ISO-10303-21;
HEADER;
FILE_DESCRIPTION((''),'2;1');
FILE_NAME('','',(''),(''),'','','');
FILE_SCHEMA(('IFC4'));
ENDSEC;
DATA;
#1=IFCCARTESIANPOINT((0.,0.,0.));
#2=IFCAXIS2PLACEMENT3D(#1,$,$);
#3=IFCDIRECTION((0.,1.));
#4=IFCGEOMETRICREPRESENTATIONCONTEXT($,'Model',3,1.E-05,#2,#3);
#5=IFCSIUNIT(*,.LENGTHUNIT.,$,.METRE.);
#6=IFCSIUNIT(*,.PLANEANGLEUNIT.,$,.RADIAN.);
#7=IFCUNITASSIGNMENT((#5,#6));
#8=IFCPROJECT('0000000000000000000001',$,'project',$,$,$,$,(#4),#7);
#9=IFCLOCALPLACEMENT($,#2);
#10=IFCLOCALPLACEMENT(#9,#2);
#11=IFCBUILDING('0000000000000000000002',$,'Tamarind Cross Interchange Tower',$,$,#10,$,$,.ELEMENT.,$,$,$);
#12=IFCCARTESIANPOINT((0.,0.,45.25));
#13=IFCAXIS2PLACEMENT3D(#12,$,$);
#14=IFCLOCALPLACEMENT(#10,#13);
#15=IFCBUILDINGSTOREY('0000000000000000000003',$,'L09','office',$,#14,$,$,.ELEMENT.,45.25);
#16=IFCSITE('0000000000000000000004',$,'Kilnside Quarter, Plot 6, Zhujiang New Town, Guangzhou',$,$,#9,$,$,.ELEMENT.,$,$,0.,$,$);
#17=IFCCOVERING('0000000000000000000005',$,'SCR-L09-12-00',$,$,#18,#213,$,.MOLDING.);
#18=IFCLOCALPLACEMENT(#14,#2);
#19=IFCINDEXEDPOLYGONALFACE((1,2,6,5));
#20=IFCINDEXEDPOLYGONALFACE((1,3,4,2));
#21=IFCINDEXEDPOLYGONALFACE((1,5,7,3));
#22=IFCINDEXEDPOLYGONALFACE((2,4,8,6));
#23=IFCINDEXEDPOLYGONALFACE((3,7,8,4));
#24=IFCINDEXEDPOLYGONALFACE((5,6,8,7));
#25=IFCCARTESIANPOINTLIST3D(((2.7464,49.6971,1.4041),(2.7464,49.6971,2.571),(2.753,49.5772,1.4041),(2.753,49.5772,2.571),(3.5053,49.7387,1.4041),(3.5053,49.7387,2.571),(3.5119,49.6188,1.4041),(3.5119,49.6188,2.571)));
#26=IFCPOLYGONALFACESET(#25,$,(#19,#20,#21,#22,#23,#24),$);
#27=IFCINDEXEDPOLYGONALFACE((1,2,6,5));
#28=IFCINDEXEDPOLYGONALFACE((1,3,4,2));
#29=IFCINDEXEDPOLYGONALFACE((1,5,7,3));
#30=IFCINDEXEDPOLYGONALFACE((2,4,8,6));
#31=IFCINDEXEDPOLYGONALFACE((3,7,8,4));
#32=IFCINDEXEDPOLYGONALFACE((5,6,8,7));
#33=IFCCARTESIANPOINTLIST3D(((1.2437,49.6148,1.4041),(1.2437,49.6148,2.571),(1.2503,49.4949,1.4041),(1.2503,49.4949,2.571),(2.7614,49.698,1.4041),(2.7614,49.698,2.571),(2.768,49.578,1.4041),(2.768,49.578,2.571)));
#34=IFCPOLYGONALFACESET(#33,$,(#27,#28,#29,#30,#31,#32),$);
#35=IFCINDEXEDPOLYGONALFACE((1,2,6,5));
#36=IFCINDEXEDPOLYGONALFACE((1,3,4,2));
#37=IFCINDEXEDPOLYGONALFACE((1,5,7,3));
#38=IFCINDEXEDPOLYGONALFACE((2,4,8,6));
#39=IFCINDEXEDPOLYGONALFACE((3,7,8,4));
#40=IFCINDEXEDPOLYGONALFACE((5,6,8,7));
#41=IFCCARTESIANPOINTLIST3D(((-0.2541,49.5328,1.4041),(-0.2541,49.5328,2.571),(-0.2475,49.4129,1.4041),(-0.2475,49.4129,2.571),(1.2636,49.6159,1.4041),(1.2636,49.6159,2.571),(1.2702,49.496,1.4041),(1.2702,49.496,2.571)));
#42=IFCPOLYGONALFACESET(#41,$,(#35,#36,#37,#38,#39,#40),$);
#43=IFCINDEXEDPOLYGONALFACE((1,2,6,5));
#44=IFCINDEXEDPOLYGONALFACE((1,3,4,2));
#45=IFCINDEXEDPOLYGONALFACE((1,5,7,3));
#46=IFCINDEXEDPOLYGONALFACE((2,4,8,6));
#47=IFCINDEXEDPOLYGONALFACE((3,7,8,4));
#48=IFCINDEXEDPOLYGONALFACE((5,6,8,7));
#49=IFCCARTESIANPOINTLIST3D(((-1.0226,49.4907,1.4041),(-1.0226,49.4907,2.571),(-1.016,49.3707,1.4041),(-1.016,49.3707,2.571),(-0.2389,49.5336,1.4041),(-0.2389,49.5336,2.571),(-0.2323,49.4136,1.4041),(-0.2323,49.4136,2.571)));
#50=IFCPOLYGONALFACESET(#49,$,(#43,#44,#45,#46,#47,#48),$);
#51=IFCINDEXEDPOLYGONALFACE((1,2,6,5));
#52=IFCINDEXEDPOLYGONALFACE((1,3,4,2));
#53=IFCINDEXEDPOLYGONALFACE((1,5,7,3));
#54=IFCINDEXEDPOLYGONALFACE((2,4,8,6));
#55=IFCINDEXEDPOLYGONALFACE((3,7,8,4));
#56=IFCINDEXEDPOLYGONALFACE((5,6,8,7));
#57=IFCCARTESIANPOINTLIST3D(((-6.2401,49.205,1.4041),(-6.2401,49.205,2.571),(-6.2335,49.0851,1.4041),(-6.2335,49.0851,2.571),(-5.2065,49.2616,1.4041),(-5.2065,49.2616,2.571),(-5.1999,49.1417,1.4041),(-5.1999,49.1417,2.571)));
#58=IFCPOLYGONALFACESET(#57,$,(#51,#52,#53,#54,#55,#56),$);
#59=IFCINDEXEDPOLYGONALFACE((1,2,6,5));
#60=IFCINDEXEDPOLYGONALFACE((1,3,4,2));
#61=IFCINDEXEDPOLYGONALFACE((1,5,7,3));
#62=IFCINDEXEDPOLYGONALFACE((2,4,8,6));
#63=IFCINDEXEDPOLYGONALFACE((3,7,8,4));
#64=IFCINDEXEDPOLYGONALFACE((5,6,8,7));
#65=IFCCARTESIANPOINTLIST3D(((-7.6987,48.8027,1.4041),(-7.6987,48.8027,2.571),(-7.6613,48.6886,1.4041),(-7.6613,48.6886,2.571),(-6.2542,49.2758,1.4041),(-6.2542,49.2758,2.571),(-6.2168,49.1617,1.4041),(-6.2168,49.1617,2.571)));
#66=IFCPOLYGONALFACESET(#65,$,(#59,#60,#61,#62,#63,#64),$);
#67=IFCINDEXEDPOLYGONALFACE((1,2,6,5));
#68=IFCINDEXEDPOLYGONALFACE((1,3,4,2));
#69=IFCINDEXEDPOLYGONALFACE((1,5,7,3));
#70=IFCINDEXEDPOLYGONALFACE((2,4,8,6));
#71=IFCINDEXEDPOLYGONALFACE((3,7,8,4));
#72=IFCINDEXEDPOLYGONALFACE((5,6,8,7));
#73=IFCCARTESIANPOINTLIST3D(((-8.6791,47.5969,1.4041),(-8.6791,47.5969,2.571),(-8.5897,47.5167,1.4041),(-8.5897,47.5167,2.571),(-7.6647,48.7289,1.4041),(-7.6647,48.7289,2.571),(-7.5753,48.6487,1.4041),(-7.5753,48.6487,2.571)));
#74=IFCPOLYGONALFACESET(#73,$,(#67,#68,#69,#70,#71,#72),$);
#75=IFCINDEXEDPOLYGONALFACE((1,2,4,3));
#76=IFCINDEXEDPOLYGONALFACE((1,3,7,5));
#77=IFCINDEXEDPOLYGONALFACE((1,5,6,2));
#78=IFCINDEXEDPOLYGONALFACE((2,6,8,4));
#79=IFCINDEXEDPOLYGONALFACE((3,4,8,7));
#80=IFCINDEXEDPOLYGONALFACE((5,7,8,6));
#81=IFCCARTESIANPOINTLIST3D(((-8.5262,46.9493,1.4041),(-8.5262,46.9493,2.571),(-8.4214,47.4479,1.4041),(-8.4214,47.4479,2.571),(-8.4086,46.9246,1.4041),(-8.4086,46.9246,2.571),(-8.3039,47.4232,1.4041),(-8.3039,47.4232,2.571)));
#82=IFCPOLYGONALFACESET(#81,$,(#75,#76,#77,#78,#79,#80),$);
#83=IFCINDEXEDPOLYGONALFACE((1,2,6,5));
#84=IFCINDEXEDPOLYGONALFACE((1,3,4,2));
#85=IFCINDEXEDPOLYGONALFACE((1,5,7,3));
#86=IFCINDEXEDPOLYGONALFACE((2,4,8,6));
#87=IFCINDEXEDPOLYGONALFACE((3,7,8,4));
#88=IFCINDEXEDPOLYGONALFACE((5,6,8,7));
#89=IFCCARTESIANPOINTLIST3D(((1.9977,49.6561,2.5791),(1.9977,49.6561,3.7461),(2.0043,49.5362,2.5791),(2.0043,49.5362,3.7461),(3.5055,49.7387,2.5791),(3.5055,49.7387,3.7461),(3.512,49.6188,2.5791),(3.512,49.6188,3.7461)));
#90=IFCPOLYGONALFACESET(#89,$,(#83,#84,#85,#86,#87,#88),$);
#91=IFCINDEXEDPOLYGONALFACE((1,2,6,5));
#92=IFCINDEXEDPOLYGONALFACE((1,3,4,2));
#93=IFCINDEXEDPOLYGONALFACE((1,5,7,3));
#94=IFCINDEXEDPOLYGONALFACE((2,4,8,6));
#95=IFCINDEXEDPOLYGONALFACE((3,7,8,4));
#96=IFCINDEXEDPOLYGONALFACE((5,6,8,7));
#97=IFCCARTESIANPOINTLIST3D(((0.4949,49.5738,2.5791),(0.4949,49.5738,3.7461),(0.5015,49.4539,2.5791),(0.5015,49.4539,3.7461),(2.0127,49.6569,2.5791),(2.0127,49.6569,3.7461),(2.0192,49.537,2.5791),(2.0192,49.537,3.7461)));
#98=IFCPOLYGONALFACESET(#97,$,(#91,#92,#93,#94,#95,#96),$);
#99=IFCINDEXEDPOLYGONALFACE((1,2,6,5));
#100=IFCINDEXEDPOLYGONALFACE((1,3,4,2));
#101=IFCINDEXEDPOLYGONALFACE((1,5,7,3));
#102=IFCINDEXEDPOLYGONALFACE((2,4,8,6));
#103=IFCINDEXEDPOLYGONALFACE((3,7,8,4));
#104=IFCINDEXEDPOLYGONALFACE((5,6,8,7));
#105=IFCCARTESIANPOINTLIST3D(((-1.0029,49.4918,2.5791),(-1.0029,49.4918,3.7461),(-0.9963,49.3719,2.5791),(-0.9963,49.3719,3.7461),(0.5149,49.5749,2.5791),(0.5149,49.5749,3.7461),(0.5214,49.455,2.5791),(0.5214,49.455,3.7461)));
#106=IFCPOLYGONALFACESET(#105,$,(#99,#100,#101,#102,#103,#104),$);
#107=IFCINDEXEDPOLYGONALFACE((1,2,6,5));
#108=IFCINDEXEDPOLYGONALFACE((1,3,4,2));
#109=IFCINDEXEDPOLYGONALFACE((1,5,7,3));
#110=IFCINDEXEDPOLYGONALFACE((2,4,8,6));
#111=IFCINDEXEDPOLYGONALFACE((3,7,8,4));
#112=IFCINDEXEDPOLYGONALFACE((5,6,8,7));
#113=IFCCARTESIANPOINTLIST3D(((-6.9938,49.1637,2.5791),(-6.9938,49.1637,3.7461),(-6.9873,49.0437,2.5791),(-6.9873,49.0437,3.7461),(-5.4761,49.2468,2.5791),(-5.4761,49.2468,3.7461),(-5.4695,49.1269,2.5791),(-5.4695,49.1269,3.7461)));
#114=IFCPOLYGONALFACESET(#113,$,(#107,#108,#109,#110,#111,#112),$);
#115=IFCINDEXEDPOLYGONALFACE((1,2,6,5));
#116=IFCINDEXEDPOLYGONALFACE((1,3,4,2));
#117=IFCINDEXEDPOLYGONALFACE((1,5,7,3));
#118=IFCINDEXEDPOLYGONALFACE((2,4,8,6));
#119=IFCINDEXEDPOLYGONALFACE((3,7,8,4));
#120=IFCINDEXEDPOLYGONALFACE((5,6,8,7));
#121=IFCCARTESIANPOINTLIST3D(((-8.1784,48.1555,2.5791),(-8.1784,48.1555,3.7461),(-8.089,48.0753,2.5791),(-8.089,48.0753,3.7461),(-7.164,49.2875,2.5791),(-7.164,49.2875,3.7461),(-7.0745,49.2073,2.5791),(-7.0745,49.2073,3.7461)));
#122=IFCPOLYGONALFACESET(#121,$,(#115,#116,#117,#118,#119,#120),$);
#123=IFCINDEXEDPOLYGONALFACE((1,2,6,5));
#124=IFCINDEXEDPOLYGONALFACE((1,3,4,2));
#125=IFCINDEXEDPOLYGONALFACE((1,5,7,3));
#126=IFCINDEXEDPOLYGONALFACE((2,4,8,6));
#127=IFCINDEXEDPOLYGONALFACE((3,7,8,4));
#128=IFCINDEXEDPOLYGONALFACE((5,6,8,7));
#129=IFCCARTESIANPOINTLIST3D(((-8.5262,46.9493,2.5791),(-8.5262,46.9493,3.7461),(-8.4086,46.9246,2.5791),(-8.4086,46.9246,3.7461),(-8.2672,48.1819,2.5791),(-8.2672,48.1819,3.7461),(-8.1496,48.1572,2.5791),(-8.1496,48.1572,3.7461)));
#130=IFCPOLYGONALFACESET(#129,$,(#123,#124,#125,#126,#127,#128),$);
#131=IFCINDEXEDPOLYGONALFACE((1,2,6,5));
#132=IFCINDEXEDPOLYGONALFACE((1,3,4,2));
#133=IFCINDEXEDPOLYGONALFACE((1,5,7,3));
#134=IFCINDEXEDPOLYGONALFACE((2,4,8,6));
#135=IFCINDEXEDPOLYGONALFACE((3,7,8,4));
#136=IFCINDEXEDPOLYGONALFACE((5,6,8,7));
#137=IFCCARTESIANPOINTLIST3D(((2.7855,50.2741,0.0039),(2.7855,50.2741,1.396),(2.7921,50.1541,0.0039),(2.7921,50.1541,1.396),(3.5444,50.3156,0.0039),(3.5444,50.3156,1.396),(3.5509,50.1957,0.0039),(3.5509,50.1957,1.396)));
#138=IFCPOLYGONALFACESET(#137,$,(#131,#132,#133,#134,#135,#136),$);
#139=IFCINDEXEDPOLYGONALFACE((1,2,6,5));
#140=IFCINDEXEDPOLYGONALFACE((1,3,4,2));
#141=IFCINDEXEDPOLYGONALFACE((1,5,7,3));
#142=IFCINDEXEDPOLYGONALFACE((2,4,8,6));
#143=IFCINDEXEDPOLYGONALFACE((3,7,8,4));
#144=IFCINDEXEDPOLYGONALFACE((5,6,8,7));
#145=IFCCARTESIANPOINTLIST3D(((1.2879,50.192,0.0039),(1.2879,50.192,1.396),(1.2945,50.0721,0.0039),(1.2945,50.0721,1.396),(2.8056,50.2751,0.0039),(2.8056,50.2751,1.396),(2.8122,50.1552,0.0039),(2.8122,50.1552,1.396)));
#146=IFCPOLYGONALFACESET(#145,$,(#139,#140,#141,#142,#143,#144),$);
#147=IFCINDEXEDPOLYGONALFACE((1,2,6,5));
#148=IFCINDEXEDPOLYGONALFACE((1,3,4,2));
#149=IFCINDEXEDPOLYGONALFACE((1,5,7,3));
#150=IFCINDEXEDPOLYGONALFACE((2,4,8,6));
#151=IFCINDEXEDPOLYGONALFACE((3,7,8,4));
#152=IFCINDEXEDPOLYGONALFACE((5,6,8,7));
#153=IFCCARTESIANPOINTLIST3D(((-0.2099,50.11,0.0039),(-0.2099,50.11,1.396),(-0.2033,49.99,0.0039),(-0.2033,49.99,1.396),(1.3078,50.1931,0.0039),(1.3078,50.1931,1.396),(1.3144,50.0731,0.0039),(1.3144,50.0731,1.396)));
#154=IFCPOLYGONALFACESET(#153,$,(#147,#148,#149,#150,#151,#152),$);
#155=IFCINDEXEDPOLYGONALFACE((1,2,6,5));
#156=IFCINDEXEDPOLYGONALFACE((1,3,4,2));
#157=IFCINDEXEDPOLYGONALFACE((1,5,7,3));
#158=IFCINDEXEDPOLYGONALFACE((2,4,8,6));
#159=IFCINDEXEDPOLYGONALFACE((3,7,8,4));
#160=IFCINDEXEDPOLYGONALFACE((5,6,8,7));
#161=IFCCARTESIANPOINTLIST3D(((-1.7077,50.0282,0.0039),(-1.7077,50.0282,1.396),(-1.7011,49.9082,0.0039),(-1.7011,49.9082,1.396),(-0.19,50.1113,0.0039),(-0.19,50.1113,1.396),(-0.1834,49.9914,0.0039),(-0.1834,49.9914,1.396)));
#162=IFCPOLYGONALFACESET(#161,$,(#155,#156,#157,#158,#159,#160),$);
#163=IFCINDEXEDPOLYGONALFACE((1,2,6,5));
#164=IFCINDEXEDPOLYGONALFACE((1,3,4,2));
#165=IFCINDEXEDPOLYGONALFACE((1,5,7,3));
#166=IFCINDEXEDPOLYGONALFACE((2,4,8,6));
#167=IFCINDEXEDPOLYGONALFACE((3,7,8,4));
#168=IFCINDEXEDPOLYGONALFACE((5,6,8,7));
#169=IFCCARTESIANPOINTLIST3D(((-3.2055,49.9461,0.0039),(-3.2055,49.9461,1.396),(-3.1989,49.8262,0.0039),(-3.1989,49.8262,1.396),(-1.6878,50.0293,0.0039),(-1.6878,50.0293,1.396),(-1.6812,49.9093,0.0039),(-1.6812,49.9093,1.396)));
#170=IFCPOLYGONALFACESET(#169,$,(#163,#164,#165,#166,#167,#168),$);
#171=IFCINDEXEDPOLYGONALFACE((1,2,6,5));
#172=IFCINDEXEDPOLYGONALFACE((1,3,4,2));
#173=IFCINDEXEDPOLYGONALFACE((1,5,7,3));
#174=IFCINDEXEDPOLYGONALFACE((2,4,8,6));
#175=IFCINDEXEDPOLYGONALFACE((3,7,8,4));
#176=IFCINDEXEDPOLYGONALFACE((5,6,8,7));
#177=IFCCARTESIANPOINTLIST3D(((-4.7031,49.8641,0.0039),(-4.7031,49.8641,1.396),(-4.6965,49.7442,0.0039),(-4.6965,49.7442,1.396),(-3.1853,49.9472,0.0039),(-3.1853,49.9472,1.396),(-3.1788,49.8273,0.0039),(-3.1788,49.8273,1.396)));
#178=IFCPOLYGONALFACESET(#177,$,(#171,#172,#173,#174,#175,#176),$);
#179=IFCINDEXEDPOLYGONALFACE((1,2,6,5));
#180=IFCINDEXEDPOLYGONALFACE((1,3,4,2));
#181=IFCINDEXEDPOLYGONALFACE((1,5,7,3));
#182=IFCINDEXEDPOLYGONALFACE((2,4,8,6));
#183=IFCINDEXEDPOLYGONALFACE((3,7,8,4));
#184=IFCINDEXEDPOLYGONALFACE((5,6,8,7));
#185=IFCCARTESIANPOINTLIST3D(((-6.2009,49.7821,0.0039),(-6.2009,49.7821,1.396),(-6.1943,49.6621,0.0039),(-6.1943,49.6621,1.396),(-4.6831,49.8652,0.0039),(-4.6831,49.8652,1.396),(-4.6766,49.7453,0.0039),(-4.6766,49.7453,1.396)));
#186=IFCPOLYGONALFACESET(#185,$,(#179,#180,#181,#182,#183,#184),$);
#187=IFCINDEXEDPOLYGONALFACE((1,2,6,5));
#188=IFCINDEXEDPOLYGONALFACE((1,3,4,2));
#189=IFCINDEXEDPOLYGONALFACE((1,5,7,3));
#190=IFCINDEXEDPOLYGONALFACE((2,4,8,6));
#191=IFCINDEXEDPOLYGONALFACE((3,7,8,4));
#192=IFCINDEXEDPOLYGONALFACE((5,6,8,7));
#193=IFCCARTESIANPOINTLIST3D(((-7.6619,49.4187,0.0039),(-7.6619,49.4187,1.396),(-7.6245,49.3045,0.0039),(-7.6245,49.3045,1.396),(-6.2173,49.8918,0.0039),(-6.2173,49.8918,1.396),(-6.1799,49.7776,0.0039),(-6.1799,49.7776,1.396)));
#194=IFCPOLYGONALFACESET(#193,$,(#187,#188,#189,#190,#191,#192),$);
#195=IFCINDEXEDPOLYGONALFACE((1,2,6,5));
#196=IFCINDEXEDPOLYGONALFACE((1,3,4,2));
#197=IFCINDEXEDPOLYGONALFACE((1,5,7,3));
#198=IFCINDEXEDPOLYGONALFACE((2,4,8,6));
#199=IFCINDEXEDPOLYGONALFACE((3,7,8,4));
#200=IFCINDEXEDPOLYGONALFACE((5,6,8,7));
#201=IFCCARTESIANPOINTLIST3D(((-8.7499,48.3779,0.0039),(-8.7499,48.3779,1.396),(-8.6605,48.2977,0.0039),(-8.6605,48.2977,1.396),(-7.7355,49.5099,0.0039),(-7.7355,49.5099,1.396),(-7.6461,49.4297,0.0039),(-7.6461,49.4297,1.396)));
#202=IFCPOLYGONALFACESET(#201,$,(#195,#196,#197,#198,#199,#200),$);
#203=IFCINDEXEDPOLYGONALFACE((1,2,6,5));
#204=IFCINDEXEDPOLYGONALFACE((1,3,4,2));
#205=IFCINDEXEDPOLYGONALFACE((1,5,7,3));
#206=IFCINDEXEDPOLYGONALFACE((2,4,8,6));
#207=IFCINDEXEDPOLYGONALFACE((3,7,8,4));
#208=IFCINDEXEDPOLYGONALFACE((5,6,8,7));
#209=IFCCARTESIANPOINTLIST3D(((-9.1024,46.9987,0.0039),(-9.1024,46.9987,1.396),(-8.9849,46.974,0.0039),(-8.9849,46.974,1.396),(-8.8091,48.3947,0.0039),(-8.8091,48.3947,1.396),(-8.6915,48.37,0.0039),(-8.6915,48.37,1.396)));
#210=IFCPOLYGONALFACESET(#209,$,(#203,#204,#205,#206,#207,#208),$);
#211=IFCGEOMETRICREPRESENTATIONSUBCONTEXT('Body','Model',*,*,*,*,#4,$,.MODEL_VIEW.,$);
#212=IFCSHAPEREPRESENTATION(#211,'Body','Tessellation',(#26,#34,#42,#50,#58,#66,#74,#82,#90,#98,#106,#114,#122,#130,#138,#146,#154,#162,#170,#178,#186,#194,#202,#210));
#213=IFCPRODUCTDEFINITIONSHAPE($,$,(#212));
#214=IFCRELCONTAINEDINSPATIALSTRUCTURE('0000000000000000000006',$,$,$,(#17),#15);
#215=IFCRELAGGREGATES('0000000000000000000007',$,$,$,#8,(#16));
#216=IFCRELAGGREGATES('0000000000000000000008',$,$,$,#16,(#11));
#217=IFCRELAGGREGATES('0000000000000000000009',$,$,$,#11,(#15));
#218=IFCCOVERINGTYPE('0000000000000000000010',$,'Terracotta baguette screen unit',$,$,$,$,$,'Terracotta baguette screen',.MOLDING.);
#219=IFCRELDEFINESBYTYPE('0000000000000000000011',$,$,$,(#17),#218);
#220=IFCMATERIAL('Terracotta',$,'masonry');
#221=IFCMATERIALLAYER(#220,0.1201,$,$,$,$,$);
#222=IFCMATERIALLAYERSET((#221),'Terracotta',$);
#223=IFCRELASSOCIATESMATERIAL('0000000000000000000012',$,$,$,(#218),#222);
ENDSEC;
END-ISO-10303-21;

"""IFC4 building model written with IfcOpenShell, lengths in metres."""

from ifc_helpers import new_model, si_unit, direction, frame, origin, origin_2d, place, context, subcontext, project, spatial, rectangle, extrude, material, layer, layer_set, type_object, element, save


model = new_model("IFC4")

# Units and contexts
model_context = context("Model", 3, precision=1e-05, world=origin(), true_north=direction((0.0, 1.0)))
body_context = subcontext(model_context, "Body", "Model", "MODEL_VIEW")
ifc_project = project(units=[si_unit("LENGTHUNIT", "METRE"), si_unit("PLANEANGLEUNIT", "RADIAN")], contexts=[model_context])

# Site, building, storey
site_placement = place(None, origin())
site = spatial("IfcSite", under=ifc_project, at=site_placement, Name="Kilnside Quarter, Plot 6, Zhujiang New Town, Guangzhou", CompositionType="ELEMENT", RefElevation=0.0)
building_placement = place(site_placement, origin())
building = spatial("IfcBuilding", under=site, at=building_placement, Name="Tamarind Cross Interchange Tower", CompositionType="ELEMENT")
storey_placement = place(building_placement, frame((0.0, 0.0, 45.25)))
storey = spatial("IfcBuildingStorey", under=building, at=storey_placement, Name="L09", Description="office", CompositionType="ELEMENT", Elevation=45.25)

# Covering
ifc_material_1 = material(Name="Terracotta", Category="masonry")
ifc_layer_1 = layer(ifc_material_1, 0.1201)
ifc_layer_set_1 = layer_set([ifc_layer_1], Name="Terracotta")
covering_type = type_object("IfcCoveringType", Name="Terracotta baguette screen unit", ElementType="Terracotta baguette screen", PredefinedType="MOLDING", material=ifc_layer_set_1)
covering_1_placement = place(storey_placement, origin())
element("IfcCovering", 1, at=covering_1_placement, inside=storey, type_object=covering_type, Name="SCR-L09-12-00", PredefinedType="MOLDING", context=body_context, shape_type="SweptSolid", body=[
    extrude(rectangle(XDim=0.76, YDim=0.1201, at=origin_2d()), frame((3.1292, 49.658, 1.4041), z_axis=(0.0, 0.0, 1.0), x_axis=(-0.998504, -0.054678, 0.0)), (0.0, 0.0, 1.0), 1.167),
    extrude(rectangle(XDim=1.52, YDim=0.1201, at=origin_2d()), frame((2.0059, 49.5964, 1.4041), z_axis=(0.0, 0.0, 1.0), x_axis=(-0.998504, -0.054678, 0.0)), (0.0, 0.0, 1.0), 1.167),
    extrude(rectangle(XDim=1.52, YDim=0.1201, at=origin_2d()), frame((0.5081, 49.5144, 1.4041), z_axis=(0.0, 0.0, 1.0), x_axis=(-0.998504, -0.054678, 0.0)), (0.0, 0.0, 1.0), 1.167),
    extrude(rectangle(XDim=0.7849, YDim=0.1201, at=origin_2d()), frame((-0.6274, 49.4521, 1.4041), z_axis=(0.0, 0.0, 1.0), x_axis=(-0.998504, -0.054678, 0.0)), (0.0, 0.0, 1.0), 1.167),
    extrude(rectangle(XDim=1.0352, YDim=0.1201, at=origin_2d()), frame((-5.72, 49.1733, 1.4041), z_axis=(0.0, 0.0, 1.0), x_axis=(-0.998504, -0.054678, 0.0)), (0.0, 0.0, 1.0), 1.167),
    extrude(rectangle(XDim=1.52, YDim=0.1201, at=origin_2d()), frame((-6.9578, 48.9822, 1.4041), z_axis=(0.0, 0.0, 1.0), x_axis=(-0.950329, -0.311247, 0.0)), (0.0, 0.0, 1.0), 1.167),
    extrude(rectangle(XDim=1.52, YDim=0.1201, at=origin_2d()), frame((-8.1272, 48.1228, 1.4041), z_axis=(0.0, 0.0, 1.0), x_axis=(-0.667386, -0.744712, 0.0)), (0.0, 0.0, 1.0), 1.167),
    extrude(rectangle(XDim=0.5095, YDim=0.1201, at=origin_2d()), frame((-8.415, 47.1863, 1.4041), z_axis=(0.0, 0.0, 1.0), x_axis=(-0.205617, -0.978633, 0.0)), (0.0, 0.0, 1.0), 1.167),
    extrude(rectangle(XDim=1.51, YDim=0.1201, at=origin_2d()), frame((2.7549, 49.6375, 2.5791), z_axis=(0.0, 0.0, 1.0), x_axis=(-0.998504, -0.054678, 0.0)), (0.0, 0.0, 1.0), 1.167),
    extrude(rectangle(XDim=1.52, YDim=0.1201, at=origin_2d()), frame((1.2571, 49.5554, 2.5791), z_axis=(0.0, 0.0, 1.0), x_axis=(-0.998504, -0.054678, 0.0)), (0.0, 0.0, 1.0), 1.167),
    extrude(rectangle(XDim=1.52, YDim=0.1201, at=origin_2d()), frame((-0.2407, 49.4734, 2.5791), z_axis=(0.0, 0.0, 1.0), x_axis=(-0.998504, -0.054678, 0.0)), (0.0, 0.0, 1.0), 1.167),
    extrude(rectangle(XDim=1.52, YDim=0.1201, at=origin_2d()), frame((-6.2317, 49.1453, 2.5791), z_axis=(0.0, 0.0, 1.0), x_axis=(-0.998504, -0.054678, 0.0)), (0.0, 0.0, 1.0), 1.167),
    extrude(rectangle(XDim=1.52, YDim=0.1201, at=origin_2d()), frame((-7.6265, 48.6814, 2.5791), z_axis=(0.0, 0.0, 1.0), x_axis=(-0.667386, -0.744712, 0.0)), (0.0, 0.0, 1.0), 1.167),
    extrude(rectangle(XDim=1.2595, YDim=0.1201, at=origin_2d()), frame((-8.3379, 47.5532, 2.5791), z_axis=(0.0, 0.0, 1.0), x_axis=(-0.205617, -0.978633, 0.0)), (0.0, 0.0, 1.0), 1.167),
    extrude(rectangle(XDim=0.76, YDim=0.1201, at=origin_2d()), frame((3.1682, 50.2349, 0.0039), z_axis=(0.0, 0.0, 1.0), x_axis=(-0.998504, -0.054678, 0.0)), (0.0, 0.0, 1.0), 1.3921),
    extrude(rectangle(XDim=1.52, YDim=0.1201, at=origin_2d()), frame((2.05, 50.1736, 0.0039), z_axis=(0.0, 0.0, 1.0), x_axis=(-0.998504, -0.054678, 0.0)), (0.0, 0.0, 1.0), 1.3921),
    extrude(rectangle(XDim=1.52, YDim=0.1201, at=origin_2d()), frame((0.5522, 50.0916, 0.0039), z_axis=(0.0, 0.0, 1.0), x_axis=(-0.998504, -0.054678, 0.0)), (0.0, 0.0, 1.0), 1.3921),
    extrude(rectangle(XDim=1.52, YDim=0.1201, at=origin_2d()), frame((-0.9456, 50.0098, 0.0039), z_axis=(0.0, 0.0, 1.0), x_axis=(-0.998504, -0.054678, 0.0)), (0.0, 0.0, 1.0), 1.3921),
    extrude(rectangle(XDim=1.52, YDim=0.1201, at=origin_2d()), frame((-2.4434, 49.9277, 0.0039), z_axis=(0.0, 0.0, 1.0), x_axis=(-0.998504, -0.054678, 0.0)), (0.0, 0.0, 1.0), 1.3921),
    extrude(rectangle(XDim=1.52, YDim=0.1201, at=origin_2d()), frame((-3.9409, 49.8457, 0.0039), z_axis=(0.0, 0.0, 1.0), x_axis=(-0.998504, -0.054678, 0.0)), (0.0, 0.0, 1.0), 1.3921),
    extrude(rectangle(XDim=1.52, YDim=0.1201, at=origin_2d()), frame((-5.4387, 49.7637, 0.0039), z_axis=(0.0, 0.0, 1.0), x_axis=(-0.998504, -0.054678, 0.0)), (0.0, 0.0, 1.0), 1.3921),
    extrude(rectangle(XDim=1.52, YDim=0.1201, at=origin_2d()), frame((-6.9209, 49.5981, 0.0039), z_axis=(0.0, 0.0, 1.0), x_axis=(-0.950329, -0.311247, 0.0)), (0.0, 0.0, 1.0), 1.3921),
    extrude(rectangle(XDim=1.52, YDim=0.1201, at=origin_2d()), frame((-8.198, 48.9038, 0.0039), z_axis=(0.0, 0.0, 1.0), x_axis=(-0.667386, -0.744712, 0.0)), (0.0, 0.0, 1.0), 1.3921),
    extrude(rectangle(XDim=1.4265, YDim=0.1201, at=origin_2d()), frame((-8.897, 47.6843, 0.0039), z_axis=(0.0, 0.0, 1.0), x_axis=(-0.205617, -0.978633, 0.0)), (0.0, 0.0, 1.0), 1.3921),
])

save(model, "model.ifc")
